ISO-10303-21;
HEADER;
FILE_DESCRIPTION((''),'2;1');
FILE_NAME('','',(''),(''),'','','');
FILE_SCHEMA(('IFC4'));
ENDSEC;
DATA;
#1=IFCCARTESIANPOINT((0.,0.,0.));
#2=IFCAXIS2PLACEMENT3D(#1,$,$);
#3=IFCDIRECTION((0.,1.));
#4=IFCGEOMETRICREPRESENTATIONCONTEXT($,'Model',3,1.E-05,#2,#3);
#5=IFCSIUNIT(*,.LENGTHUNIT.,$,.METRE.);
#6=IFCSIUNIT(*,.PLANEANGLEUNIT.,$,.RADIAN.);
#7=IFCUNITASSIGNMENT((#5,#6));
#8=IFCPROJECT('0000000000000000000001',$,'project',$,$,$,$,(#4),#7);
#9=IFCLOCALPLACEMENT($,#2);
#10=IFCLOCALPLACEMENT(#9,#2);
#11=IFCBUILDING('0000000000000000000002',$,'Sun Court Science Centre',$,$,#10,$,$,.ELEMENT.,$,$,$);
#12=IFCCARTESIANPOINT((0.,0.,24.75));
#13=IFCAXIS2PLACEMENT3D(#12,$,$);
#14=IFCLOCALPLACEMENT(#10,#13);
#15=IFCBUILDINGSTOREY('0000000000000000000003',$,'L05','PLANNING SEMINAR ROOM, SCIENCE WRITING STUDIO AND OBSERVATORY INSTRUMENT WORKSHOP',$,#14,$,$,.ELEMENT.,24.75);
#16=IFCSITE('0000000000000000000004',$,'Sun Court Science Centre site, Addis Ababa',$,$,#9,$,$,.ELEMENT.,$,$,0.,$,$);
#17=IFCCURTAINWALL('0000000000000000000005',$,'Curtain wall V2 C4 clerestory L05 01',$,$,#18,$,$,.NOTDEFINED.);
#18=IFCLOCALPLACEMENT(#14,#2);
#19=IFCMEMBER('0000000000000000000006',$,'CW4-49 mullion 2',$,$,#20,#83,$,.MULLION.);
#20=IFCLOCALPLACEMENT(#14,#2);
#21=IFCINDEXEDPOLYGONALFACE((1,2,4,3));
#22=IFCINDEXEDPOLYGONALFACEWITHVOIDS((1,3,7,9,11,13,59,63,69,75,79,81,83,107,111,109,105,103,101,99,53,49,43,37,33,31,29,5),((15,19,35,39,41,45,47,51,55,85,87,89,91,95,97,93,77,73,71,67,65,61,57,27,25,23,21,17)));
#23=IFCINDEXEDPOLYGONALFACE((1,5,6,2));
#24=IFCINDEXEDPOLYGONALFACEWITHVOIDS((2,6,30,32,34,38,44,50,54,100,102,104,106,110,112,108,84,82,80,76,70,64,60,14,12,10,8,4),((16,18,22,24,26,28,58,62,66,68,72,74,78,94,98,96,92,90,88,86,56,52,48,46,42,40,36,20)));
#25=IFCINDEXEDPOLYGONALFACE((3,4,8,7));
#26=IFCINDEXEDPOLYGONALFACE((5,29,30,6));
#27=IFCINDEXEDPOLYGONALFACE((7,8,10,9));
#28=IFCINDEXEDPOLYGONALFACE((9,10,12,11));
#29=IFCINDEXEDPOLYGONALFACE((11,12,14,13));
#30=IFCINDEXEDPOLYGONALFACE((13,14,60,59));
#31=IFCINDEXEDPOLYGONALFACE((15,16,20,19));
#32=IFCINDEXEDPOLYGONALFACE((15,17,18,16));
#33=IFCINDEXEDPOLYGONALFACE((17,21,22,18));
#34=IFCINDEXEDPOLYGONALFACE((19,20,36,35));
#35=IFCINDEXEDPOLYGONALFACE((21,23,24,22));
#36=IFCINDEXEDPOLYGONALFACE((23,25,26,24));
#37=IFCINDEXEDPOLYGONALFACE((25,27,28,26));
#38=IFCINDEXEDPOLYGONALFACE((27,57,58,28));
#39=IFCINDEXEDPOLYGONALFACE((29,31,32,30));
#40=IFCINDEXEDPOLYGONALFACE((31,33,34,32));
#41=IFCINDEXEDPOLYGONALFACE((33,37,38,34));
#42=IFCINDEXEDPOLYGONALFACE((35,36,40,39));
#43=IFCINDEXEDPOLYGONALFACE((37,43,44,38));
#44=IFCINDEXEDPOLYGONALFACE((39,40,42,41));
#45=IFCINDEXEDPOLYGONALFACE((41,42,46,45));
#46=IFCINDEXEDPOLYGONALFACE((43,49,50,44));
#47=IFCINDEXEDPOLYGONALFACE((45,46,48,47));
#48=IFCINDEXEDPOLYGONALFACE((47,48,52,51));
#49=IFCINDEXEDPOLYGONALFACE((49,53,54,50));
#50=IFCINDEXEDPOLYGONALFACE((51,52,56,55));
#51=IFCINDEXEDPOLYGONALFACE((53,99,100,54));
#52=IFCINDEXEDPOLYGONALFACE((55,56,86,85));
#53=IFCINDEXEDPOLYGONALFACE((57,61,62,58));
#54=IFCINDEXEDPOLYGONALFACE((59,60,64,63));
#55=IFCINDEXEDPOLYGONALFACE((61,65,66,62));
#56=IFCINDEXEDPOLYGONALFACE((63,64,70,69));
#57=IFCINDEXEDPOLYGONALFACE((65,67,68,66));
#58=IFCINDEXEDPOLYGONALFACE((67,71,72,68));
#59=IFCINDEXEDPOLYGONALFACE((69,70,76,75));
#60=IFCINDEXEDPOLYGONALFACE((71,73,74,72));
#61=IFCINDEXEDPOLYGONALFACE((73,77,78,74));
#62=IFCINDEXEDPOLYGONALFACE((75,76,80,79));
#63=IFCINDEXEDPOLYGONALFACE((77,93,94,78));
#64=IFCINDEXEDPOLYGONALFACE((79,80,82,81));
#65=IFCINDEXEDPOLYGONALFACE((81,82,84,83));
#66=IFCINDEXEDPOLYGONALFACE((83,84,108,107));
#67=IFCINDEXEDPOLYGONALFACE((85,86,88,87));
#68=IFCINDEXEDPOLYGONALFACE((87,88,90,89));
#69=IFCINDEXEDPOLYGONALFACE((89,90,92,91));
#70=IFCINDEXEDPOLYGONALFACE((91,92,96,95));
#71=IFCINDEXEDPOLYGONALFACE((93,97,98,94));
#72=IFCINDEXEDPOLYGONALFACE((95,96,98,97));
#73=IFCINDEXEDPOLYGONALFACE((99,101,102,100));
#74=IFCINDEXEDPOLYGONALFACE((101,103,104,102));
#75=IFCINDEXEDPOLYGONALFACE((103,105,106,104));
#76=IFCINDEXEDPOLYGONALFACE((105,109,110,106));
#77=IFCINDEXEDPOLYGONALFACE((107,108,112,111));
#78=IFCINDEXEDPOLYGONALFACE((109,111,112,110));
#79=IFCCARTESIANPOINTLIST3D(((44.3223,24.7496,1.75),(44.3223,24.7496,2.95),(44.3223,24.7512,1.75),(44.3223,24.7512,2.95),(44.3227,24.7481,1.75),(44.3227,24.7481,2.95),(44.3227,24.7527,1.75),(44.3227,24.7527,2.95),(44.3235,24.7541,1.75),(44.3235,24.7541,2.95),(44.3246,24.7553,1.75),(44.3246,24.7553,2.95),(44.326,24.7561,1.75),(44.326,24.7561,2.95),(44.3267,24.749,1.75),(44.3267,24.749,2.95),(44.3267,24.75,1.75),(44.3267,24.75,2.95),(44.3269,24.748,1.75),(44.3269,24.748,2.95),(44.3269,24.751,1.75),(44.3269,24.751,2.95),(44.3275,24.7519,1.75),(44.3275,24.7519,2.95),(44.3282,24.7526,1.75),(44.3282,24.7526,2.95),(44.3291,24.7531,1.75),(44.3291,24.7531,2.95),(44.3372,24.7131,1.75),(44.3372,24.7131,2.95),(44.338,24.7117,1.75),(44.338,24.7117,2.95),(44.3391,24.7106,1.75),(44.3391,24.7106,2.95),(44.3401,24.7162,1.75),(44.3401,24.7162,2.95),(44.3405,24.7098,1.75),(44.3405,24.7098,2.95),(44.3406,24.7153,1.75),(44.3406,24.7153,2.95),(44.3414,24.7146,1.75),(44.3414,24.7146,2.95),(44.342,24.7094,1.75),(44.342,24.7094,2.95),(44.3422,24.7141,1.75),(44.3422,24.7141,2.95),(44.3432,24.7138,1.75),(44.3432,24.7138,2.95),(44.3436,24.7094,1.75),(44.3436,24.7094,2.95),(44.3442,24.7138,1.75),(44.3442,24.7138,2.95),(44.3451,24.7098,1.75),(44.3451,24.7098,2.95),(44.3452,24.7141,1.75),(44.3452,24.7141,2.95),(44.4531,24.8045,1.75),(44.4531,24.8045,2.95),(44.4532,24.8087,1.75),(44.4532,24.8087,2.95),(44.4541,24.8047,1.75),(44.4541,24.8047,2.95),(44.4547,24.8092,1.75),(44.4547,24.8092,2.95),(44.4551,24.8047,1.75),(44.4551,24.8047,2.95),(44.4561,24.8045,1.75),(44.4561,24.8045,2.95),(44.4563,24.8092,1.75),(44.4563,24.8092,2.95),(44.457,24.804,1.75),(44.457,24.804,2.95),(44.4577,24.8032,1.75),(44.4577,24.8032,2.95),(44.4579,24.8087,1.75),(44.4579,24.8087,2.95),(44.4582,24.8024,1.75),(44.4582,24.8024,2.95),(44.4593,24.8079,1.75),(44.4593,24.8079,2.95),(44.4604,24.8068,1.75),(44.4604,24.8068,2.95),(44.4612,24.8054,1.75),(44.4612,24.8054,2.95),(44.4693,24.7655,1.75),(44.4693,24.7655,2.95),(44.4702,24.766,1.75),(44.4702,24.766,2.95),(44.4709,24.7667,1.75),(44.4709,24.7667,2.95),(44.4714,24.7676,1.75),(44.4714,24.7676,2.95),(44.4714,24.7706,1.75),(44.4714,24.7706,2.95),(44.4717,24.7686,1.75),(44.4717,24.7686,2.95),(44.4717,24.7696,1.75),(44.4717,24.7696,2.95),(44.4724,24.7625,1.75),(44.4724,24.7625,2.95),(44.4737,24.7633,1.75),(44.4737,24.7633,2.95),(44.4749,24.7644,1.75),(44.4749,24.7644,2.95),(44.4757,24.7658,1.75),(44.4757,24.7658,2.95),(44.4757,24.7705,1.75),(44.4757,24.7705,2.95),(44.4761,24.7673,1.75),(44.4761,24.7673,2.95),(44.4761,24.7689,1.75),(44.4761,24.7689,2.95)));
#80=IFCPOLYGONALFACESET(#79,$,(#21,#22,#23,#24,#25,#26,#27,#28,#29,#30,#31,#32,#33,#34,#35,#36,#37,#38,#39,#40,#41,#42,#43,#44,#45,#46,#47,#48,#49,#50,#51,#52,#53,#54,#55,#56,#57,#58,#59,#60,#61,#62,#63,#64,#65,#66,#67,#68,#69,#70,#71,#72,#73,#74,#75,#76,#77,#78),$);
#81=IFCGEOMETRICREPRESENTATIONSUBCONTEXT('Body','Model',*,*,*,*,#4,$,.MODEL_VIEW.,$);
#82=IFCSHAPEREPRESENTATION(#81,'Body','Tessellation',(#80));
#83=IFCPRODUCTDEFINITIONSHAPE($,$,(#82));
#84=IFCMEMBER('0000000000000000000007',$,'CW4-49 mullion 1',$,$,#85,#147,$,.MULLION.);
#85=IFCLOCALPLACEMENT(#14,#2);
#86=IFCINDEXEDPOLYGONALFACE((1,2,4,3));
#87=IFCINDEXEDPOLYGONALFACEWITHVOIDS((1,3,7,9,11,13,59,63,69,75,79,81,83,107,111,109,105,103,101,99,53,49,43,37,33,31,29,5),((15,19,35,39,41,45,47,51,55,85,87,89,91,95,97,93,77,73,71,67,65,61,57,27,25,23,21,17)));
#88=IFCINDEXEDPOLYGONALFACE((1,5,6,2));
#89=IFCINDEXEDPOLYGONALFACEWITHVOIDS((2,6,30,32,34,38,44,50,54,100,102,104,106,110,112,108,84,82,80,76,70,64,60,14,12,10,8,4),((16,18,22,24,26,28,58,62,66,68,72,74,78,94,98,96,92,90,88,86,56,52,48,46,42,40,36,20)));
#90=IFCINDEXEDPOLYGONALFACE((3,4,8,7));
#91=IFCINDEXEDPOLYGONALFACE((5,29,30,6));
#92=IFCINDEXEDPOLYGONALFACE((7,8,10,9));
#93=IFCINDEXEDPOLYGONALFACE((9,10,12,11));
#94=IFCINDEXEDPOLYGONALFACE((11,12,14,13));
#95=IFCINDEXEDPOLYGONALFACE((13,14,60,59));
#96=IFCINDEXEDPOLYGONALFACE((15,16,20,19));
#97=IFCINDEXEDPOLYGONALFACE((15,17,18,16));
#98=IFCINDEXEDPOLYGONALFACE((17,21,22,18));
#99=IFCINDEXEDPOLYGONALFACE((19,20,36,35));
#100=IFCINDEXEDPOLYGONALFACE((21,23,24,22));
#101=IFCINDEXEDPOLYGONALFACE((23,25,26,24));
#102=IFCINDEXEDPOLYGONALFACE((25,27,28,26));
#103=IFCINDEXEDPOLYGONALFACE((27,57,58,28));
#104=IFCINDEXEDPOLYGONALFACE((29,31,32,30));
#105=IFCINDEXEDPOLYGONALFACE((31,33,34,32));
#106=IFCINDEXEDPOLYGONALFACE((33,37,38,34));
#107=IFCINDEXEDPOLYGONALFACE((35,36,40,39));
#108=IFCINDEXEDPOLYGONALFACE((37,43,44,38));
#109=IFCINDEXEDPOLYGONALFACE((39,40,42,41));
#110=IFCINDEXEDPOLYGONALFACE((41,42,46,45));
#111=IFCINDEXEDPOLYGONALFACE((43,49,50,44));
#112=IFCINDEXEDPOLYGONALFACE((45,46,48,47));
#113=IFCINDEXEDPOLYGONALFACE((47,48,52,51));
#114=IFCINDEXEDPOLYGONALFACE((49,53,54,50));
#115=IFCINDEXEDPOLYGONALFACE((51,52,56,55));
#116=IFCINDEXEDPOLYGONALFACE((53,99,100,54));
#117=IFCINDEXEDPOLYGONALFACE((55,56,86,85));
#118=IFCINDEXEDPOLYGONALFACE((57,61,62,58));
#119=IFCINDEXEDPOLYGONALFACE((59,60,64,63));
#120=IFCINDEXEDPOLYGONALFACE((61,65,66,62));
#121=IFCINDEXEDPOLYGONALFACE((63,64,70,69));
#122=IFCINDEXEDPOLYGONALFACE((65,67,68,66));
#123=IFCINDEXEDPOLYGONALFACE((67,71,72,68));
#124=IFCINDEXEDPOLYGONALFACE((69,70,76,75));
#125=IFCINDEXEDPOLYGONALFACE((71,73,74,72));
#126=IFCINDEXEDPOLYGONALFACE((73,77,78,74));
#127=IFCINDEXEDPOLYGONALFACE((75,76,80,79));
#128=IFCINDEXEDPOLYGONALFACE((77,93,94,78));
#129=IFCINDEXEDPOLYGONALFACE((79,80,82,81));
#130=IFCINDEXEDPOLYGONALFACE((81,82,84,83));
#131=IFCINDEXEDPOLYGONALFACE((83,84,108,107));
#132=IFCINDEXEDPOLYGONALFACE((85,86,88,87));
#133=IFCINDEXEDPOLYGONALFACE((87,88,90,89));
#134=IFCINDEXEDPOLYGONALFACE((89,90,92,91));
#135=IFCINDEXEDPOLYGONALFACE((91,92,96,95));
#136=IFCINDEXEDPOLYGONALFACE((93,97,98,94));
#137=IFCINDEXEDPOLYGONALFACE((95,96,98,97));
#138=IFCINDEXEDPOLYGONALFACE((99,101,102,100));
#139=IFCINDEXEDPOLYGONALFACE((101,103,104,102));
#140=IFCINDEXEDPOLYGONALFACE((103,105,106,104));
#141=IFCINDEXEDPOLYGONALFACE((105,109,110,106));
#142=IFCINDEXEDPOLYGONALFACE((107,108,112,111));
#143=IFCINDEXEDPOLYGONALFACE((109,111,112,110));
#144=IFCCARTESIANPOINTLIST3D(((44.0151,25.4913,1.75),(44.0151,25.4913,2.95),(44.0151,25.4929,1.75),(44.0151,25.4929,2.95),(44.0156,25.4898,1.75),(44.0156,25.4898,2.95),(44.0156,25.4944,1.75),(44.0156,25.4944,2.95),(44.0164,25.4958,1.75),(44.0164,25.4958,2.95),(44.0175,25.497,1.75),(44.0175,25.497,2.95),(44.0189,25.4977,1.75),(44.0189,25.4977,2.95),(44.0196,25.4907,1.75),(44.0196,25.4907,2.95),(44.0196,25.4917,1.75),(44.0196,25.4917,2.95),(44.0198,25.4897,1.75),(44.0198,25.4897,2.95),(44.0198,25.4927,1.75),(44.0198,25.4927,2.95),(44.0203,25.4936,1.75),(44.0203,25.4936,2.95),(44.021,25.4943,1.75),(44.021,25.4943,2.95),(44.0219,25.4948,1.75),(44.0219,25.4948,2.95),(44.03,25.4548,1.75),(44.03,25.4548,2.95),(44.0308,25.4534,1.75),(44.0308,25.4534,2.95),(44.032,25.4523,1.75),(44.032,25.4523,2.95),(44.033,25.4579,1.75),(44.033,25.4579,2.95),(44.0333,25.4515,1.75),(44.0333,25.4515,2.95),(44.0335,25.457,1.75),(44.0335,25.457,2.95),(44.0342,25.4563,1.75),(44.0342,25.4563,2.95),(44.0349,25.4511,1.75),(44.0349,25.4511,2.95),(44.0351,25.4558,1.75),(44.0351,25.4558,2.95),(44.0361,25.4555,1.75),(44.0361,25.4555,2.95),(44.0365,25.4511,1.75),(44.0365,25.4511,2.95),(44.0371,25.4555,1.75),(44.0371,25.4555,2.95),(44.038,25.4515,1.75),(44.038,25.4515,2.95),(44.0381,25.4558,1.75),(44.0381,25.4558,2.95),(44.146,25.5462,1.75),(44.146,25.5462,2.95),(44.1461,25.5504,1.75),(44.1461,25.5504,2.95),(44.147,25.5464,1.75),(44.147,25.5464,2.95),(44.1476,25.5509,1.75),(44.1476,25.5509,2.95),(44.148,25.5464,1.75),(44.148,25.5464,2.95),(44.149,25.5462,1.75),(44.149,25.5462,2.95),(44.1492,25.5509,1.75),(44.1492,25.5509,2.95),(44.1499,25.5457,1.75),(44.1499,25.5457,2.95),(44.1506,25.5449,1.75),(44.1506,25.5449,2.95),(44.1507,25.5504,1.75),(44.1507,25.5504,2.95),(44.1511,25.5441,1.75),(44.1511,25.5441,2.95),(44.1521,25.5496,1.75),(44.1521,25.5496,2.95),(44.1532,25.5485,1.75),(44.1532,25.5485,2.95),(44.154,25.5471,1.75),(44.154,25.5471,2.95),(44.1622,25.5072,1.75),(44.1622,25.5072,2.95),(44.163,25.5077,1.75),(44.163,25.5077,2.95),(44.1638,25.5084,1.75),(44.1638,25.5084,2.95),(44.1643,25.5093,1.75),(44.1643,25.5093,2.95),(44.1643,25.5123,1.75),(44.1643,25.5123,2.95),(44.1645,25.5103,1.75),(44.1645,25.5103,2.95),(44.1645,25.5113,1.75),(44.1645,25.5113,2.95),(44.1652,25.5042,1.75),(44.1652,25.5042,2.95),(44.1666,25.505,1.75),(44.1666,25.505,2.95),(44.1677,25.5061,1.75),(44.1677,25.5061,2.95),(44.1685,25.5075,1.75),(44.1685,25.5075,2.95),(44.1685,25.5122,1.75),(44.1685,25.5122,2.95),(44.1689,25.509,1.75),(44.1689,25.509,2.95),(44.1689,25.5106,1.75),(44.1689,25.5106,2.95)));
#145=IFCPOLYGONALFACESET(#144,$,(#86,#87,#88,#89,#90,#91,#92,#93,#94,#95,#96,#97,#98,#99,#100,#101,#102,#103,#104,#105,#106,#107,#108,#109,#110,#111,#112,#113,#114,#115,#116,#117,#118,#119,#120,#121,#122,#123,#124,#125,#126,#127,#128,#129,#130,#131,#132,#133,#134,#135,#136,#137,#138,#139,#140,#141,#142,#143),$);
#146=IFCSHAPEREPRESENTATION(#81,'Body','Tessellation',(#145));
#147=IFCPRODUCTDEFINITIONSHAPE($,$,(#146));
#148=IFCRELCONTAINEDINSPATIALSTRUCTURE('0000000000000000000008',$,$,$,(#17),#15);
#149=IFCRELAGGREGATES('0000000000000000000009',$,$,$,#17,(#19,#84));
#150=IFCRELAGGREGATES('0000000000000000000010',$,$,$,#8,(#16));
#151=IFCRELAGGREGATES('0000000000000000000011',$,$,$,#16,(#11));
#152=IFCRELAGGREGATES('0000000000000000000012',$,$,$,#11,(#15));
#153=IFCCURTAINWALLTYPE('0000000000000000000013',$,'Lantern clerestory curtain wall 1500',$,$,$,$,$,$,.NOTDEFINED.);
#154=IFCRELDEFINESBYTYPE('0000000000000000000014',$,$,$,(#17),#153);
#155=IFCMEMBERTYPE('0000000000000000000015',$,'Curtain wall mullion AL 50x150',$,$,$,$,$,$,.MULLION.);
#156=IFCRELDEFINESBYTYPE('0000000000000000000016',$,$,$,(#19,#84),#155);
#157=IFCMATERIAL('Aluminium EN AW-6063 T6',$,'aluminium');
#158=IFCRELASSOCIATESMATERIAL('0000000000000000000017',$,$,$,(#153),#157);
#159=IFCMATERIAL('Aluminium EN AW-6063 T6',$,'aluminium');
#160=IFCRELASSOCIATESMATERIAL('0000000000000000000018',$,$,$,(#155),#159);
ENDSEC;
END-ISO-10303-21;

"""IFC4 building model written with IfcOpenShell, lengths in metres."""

from ifc_helpers import new_model, si_unit, direction, frame, origin, origin_2d, place, context, subcontext, project, spatial, hollow_rectangle, extrude, material, material_profile, profile_set, type_object, element, aggregate, save


model = new_model("IFC4")

# Units and contexts
model_context = context("Model", 3, precision=1e-05, world=origin(), true_north=direction((0.0, 1.0)))
body_context = subcontext(model_context, "Body", "Model", "MODEL_VIEW")
ifc_project = project(units=[si_unit("LENGTHUNIT", "METRE"), si_unit("PLANEANGLEUNIT", "RADIAN")], contexts=[model_context])

# Site, building, storey
site_placement = place(None, origin())
site = spatial("IfcSite", under=ifc_project, at=site_placement, Name="Sun Court Science Centre site, Addis Ababa", CompositionType="ELEMENT", RefElevation=0.0)
building_placement = place(site_placement, origin())
building = spatial("IfcBuilding", under=site, at=building_placement, Name="Sun Court Science Centre", CompositionType="ELEMENT")
storey_placement = place(building_placement, frame((0.0, 0.0, 24.75)))
storey = spatial("IfcBuildingStorey", under=building, at=storey_placement, Name="L05", Description="PLANNING SEMINAR ROOM, SCIENCE WRITING STUDIO AND OBSERVATORY INSTRUMENT WORKSHOP", CompositionType="ELEMENT", Elevation=24.75)

# Curtain wall, members
ifc_material_1 = material(Name="Aluminium EN AW-6063 T6", Category="aluminium")
curtain_wall_type = type_object("IfcCurtainWallType", Name="Lantern clerestory curtain wall 1500", PredefinedType="NOTDEFINED", material=ifc_material_1)
curtain_wall_1_placement = place(storey_placement, origin())
curtain_wall_1 = element("IfcCurtainWall", 1, at=curtain_wall_1_placement, inside=storey, type_object=curtain_wall_type, Name="Curtain wall V2 C4 clerestory L05 01", PredefinedType="NOTDEFINED")
ifc_material_2 = material(Name="Aluminium EN AW-6063 T6", Category="aluminium")
ifc_material_profile_1 = material_profile(ifc_material_2, hollow_rectangle(XDim=0.05, YDim=0.1499, WallThickness=0.0039, InnerFilletRadius=0.0039, OuterFilletRadius=0.0061, at=origin_2d()), Name="AL 50x150x4")
ifc_profile_set_1 = profile_set([ifc_material_profile_1], Name="Aluminium EN AW-6063 T6")
member_type_1 = type_object("IfcMemberType", Name="Curtain wall mullion AL 50x150", PredefinedType="MULLION", material=ifc_profile_set_1)
member_1_placement = place(storey_placement, frame((44.3992, 24.7593, 1.75), z_axis=(0.0, 0.0, 1.0), x_axis=(0.382683, -0.92388, 0.0)))
member_1 = element("IfcMember", 2, at=member_1_placement, type_object=member_type_1, Name="CW4-49 mullion 2", PredefinedType="MULLION", context=body_context, shape_type="SweptSolid", body=[
    extrude(hollow_rectangle(XDim=0.05, YDim=0.1499, WallThickness=0.0039, InnerFilletRadius=0.0039, OuterFilletRadius=0.0061, at=origin_2d()), origin(), (0.0, 0.0, 1.0), 1.2),
])
member_2_placement = place(storey_placement, frame((44.092, 25.501, 1.75), z_axis=(0.0, 0.0, 1.0), x_axis=(0.382683, -0.92388, 0.0)))
member_2 = element("IfcMember", 3, at=member_2_placement, type_object=member_type_1, Name="CW4-49 mullion 1", PredefinedType="MULLION", context=body_context, shape_type="SweptSolid", body=[
    extrude(hollow_rectangle(XDim=0.05, YDim=0.1499, WallThickness=0.0039, InnerFilletRadius=0.0039, OuterFilletRadius=0.0061, at=origin_2d()), origin(), (0.0, 0.0, 1.0), 1.2),
])

aggregate(curtain_wall_1, [member_1, member_2])

save(model, "model.ifc")
